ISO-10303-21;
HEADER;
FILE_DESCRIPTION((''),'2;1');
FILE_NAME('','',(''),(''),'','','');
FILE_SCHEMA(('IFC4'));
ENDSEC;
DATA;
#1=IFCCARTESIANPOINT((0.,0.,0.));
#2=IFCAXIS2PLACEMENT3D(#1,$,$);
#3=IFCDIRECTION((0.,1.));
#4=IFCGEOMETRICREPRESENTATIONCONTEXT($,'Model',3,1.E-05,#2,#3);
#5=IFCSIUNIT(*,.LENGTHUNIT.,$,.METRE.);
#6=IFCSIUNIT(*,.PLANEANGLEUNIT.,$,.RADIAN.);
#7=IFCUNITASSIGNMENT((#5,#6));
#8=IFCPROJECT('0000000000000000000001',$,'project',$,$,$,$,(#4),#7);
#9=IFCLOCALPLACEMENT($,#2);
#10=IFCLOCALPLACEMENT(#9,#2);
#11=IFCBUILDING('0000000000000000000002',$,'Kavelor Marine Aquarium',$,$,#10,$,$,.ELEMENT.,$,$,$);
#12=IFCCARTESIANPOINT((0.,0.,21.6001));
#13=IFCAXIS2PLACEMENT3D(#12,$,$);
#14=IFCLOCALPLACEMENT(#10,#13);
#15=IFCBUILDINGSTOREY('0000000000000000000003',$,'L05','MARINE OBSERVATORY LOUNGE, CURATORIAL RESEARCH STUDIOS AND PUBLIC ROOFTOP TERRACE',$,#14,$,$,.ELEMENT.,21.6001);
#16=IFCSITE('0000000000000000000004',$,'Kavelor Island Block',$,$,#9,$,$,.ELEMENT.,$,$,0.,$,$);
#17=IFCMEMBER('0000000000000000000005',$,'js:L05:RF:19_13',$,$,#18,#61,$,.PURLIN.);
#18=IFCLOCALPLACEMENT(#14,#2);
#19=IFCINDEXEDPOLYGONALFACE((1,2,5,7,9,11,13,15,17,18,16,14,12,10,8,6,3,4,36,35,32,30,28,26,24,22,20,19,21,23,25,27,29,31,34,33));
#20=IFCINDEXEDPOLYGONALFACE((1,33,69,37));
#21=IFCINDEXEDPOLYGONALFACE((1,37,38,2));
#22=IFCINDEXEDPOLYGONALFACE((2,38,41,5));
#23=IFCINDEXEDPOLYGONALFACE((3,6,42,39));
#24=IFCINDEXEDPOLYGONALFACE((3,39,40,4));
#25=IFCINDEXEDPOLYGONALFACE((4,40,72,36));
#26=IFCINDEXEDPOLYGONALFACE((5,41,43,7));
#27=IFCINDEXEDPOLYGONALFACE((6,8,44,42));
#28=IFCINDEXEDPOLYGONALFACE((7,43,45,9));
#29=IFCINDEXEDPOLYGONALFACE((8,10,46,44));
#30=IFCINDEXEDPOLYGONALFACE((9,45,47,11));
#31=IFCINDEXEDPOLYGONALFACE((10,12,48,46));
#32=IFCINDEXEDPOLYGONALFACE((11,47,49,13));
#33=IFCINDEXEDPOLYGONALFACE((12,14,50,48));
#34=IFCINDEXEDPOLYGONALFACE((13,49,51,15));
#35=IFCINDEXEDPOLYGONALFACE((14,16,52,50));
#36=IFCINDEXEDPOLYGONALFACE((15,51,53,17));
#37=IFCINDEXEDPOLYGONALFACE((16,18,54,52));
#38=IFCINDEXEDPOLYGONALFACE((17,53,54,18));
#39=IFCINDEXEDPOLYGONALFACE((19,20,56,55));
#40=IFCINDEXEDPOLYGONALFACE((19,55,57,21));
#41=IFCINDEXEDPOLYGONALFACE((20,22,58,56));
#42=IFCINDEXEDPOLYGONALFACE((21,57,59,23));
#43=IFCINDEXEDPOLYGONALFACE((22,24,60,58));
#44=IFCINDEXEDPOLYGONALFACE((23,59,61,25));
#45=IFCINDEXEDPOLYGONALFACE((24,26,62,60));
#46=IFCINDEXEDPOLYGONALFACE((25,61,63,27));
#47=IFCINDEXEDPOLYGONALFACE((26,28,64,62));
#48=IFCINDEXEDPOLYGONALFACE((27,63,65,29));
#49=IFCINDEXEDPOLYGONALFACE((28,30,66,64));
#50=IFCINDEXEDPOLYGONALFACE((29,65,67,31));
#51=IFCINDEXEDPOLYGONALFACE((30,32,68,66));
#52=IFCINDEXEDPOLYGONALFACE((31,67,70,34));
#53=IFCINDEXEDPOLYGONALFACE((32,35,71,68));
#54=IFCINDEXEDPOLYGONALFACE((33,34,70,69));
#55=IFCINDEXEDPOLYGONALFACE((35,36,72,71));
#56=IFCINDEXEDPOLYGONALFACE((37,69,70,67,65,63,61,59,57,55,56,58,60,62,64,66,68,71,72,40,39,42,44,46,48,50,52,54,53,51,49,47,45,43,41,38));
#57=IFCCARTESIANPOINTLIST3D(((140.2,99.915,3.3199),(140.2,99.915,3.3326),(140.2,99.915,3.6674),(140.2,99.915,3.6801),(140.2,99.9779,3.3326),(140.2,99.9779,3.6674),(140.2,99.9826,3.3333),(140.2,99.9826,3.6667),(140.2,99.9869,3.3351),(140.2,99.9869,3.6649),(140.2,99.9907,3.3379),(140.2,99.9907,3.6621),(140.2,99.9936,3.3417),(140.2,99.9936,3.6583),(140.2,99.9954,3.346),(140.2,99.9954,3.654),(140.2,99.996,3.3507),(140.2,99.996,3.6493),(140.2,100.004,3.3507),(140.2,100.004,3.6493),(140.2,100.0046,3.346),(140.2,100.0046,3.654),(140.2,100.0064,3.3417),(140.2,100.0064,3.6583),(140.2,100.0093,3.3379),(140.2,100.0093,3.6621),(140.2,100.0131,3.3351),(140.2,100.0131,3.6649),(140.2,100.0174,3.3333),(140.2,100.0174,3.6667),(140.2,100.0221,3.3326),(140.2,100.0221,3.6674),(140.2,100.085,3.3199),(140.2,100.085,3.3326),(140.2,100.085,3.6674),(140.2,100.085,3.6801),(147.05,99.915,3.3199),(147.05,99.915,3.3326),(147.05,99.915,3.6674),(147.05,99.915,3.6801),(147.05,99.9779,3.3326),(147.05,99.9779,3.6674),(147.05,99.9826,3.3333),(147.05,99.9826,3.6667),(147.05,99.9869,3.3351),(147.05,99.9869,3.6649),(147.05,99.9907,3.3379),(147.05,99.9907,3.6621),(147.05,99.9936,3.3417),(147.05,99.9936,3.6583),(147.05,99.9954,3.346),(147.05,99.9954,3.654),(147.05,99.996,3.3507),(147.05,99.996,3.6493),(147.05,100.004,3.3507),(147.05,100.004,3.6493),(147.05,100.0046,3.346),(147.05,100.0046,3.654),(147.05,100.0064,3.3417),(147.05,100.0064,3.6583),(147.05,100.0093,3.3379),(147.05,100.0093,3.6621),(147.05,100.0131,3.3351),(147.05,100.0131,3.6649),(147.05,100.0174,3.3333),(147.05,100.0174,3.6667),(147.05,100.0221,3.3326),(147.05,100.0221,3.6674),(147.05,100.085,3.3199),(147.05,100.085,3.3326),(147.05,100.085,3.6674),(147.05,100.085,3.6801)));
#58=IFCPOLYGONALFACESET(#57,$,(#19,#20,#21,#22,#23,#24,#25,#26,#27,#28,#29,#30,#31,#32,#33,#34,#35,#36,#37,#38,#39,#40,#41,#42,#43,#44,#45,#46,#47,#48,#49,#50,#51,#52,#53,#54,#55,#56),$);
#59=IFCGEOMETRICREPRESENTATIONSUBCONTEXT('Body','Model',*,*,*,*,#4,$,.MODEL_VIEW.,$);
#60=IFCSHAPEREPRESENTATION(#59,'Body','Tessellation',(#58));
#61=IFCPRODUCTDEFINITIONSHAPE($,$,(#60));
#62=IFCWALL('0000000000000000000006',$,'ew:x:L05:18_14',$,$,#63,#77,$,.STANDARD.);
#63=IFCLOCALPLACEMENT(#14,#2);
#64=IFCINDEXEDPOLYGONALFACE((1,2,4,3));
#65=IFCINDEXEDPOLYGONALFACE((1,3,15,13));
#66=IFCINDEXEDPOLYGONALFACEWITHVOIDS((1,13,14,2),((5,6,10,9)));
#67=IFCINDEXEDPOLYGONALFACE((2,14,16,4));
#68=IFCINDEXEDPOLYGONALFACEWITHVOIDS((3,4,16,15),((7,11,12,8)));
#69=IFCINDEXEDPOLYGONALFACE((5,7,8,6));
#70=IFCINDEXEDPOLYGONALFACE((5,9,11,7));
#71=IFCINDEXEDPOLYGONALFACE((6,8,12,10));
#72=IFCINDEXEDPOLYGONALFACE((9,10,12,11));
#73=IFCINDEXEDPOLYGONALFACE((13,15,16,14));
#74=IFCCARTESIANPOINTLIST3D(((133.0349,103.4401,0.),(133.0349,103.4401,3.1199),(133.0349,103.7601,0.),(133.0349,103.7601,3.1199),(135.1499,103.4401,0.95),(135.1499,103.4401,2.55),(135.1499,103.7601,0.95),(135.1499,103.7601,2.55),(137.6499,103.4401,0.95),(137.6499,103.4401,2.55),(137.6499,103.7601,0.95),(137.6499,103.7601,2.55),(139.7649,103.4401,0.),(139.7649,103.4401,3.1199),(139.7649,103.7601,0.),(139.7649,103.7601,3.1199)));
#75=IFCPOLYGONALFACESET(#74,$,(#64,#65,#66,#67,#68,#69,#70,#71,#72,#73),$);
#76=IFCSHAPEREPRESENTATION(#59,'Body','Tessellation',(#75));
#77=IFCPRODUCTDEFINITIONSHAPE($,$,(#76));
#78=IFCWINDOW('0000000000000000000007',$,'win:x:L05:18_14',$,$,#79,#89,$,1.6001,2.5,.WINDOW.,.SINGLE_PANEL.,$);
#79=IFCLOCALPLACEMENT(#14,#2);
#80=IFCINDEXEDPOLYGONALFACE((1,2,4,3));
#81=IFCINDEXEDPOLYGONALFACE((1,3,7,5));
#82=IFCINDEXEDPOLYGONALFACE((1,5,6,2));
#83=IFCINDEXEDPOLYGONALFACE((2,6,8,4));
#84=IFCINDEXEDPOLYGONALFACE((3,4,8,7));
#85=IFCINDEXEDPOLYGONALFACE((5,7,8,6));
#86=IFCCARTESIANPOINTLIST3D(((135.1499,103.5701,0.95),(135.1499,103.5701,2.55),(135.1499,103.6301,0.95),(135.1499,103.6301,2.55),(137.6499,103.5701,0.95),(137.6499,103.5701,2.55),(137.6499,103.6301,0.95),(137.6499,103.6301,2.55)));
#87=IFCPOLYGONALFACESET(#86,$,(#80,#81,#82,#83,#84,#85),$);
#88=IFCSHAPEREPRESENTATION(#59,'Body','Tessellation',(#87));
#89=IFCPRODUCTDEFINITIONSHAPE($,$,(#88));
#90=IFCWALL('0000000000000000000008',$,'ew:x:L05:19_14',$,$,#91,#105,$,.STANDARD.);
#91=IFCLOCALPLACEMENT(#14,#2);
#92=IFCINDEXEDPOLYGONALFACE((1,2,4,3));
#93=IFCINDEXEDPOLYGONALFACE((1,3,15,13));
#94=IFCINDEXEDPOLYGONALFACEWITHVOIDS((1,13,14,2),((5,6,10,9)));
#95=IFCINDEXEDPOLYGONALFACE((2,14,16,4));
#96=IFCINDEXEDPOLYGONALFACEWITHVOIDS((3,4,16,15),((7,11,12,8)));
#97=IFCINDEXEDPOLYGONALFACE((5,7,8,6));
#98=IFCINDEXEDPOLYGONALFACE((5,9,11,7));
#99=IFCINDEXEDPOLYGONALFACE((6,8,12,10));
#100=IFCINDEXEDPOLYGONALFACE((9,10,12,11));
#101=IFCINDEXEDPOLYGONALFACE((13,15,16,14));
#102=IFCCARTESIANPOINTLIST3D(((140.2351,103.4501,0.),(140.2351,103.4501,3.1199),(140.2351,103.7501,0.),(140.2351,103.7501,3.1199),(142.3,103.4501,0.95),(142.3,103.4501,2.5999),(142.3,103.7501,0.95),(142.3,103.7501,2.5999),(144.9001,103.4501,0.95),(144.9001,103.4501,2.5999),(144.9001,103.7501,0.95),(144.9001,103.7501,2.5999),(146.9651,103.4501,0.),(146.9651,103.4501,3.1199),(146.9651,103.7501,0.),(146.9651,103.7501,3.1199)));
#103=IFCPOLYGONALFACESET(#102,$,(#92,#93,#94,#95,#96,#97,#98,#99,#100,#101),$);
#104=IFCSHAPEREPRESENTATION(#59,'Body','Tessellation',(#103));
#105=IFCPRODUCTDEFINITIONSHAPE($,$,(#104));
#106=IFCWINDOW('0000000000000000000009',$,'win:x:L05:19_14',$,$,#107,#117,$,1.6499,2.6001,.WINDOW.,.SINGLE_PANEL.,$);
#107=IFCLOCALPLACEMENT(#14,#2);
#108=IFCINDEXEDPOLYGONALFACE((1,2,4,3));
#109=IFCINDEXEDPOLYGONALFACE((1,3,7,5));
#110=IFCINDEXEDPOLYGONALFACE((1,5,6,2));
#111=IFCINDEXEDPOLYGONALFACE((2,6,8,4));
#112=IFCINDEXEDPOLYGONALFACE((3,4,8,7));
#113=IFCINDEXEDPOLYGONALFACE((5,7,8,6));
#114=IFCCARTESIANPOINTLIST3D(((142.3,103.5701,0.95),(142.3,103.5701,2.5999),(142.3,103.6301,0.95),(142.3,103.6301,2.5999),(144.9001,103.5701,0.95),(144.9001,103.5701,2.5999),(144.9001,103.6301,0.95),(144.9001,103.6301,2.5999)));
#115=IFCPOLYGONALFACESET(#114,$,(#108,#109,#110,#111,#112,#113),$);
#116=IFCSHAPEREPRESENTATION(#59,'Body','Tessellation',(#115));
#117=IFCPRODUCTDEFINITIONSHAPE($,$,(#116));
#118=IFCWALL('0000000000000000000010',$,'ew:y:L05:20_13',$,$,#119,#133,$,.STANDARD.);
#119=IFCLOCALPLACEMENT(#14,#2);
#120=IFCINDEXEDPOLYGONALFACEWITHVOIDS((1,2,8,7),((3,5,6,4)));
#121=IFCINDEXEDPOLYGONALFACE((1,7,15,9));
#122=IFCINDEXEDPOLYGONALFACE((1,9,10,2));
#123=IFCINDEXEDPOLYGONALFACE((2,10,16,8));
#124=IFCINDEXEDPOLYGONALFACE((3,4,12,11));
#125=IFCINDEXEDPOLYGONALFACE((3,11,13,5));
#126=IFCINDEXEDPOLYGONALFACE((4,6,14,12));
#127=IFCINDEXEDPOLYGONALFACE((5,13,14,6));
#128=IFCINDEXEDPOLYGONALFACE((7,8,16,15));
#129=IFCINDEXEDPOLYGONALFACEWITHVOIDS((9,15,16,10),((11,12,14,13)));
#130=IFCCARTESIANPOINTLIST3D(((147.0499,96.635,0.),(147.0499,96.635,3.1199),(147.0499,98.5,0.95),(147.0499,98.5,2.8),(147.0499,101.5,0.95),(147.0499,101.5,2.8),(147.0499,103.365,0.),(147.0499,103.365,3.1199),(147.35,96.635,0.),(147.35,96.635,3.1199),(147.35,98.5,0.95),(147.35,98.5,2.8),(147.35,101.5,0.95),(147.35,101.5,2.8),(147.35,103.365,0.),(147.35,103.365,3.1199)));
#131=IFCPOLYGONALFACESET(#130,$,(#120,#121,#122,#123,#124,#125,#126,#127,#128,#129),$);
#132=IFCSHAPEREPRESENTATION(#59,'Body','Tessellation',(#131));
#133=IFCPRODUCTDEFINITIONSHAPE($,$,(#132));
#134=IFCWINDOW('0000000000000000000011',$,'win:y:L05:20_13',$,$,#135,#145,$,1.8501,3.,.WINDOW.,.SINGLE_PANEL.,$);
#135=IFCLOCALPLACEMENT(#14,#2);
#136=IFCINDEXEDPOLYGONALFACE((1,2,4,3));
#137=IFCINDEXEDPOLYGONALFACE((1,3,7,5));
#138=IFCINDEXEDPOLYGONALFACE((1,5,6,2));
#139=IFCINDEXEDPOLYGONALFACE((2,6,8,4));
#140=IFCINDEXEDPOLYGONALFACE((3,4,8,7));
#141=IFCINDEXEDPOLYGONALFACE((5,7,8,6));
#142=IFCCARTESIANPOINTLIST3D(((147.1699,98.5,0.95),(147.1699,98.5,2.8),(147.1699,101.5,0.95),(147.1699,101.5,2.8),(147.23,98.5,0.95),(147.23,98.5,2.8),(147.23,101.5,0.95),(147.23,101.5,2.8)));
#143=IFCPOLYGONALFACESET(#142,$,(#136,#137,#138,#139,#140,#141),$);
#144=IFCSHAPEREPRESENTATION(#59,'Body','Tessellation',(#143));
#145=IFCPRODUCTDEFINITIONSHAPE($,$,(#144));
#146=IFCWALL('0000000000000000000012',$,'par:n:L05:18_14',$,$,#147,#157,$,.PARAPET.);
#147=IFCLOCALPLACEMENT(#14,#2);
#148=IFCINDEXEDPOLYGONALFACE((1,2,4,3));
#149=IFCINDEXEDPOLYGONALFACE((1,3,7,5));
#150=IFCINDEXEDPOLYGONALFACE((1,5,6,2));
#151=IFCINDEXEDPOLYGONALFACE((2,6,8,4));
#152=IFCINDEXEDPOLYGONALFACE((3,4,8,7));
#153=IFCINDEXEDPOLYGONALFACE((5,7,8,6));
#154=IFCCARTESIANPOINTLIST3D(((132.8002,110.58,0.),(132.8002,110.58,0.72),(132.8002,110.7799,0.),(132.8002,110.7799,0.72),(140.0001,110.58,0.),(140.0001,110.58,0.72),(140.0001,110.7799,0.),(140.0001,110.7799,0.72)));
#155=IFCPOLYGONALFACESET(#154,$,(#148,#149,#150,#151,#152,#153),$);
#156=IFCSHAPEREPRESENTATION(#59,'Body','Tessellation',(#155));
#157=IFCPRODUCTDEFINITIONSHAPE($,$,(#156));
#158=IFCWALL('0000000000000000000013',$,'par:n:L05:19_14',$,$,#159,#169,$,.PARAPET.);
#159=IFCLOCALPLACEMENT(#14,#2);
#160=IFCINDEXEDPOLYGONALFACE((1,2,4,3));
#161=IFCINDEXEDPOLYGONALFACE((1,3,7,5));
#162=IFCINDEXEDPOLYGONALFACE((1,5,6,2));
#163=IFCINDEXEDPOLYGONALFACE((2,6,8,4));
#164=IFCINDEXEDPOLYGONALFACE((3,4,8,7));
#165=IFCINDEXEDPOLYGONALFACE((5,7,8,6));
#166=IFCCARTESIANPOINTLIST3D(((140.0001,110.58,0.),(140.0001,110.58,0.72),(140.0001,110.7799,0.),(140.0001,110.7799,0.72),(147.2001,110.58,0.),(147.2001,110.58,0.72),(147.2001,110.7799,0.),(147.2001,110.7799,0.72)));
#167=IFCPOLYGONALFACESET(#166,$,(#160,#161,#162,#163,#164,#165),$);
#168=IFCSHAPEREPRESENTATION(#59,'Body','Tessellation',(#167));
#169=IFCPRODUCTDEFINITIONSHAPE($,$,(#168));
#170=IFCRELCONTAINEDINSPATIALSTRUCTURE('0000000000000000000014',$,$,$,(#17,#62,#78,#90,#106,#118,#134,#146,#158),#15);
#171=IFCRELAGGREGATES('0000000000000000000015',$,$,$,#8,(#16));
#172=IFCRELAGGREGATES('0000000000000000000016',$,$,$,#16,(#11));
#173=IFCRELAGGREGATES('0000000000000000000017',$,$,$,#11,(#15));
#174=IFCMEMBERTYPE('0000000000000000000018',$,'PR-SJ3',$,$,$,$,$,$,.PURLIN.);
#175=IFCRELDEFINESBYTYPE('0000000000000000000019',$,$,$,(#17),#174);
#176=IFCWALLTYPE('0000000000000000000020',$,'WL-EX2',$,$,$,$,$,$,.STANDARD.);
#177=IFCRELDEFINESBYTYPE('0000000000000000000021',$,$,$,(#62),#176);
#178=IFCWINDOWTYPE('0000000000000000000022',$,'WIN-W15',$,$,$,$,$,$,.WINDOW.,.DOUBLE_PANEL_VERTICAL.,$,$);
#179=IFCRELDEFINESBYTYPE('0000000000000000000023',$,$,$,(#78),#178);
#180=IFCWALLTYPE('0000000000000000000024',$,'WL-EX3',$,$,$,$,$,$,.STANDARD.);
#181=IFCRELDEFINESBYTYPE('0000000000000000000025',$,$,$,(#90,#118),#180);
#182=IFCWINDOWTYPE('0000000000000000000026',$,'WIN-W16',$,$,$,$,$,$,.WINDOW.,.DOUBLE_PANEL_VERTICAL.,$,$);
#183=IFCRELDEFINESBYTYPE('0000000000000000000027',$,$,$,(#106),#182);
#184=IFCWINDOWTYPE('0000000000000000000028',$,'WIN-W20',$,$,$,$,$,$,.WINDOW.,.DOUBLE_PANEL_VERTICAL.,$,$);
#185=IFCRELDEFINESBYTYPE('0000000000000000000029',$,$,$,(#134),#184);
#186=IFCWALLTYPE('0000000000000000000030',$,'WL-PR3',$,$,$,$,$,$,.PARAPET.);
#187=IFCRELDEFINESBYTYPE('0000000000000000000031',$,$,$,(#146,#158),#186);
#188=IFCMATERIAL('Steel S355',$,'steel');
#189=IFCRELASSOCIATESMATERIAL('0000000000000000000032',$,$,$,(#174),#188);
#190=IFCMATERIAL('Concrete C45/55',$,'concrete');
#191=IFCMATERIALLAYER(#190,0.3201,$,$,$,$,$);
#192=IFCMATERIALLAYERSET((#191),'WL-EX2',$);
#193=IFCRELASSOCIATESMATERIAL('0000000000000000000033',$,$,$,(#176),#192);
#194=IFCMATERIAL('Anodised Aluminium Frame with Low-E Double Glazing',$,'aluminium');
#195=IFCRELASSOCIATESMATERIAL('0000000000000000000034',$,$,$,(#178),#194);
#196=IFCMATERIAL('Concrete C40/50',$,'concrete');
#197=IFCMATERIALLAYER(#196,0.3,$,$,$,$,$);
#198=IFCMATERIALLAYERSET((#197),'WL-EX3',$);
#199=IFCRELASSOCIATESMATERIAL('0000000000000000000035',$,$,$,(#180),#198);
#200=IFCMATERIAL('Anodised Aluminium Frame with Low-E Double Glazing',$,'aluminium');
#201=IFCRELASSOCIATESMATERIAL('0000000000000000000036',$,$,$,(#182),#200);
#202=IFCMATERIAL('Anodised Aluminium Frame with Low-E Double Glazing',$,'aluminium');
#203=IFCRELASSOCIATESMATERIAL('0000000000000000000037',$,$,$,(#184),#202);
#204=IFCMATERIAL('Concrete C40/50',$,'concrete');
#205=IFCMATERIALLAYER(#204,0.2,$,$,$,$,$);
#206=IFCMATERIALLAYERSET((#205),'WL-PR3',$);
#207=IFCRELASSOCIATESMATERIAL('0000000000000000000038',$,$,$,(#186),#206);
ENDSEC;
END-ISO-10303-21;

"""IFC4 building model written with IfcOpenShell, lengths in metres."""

from ifc_helpers import new_model, si_unit, direction, frame, frame_2d, origin, origin_2d, place, context, subcontext, project, spatial, rectangle, i_section, extrude, material, layer, layer_set, material_profile, profile_set, type_object, element, fill, save


model = new_model("IFC4")

# Units and contexts
model_context = context("Model", 3, precision=1e-05, world=origin(), true_north=direction((0.0, 1.0)))
body_context = subcontext(model_context, "Body", "Model", "MODEL_VIEW")
ifc_project = project(units=[si_unit("LENGTHUNIT", "METRE"), si_unit("PLANEANGLEUNIT", "RADIAN")], contexts=[model_context])

# Site, building, storey
site_placement = place(None, origin())
site = spatial("IfcSite", under=ifc_project, at=site_placement, Name="Kavelor Island Block", CompositionType="ELEMENT", RefElevation=0.0)
building_placement = place(site_placement, origin())
building = spatial("IfcBuilding", under=site, at=building_placement, Name="Kavelor Marine Aquarium", CompositionType="ELEMENT")
storey_placement = place(building_placement, frame((0.0, 0.0, 21.6001)))
storey = spatial("IfcBuildingStorey", under=building, at=storey_placement, Name="L05", Description="MARINE OBSERVATORY LOUNGE, CURATORIAL RESEARCH STUDIOS AND PUBLIC ROOFTOP TERRACE", CompositionType="ELEMENT", Elevation=21.6001)

# Member
ifc_material_1 = material(Name="Steel S355", Category="steel")
ifc_material_profile_1 = material_profile(ifc_material_1, i_section(OverallWidth=0.1699, OverallDepth=0.3601, WebThickness=0.0081, FlangeThickness=0.0127, FilletRadius=0.0181, at=origin_2d()), Name="IPE 360")
ifc_profile_set_1 = profile_set([ifc_material_profile_1], Name="Steel S355")
member_type = type_object("IfcMemberType", Name="PR-SJ3", PredefinedType="PURLIN", material=ifc_profile_set_1)
member_placement = place(storey_placement, frame((140.2, 100.0, 3.5), z_axis=(1.0, 0.0, 0.0), x_axis=(0.0, 1.0, 0.0)))
element("IfcMember", 1, at=member_placement, inside=storey, type_object=member_type, Name="js:L05:RF:19_13", PredefinedType="PURLIN", context=body_context, shape_type="SweptSolid", body=[
    extrude(i_section(OverallWidth=0.1699, OverallDepth=0.3601, WebThickness=0.0081, FlangeThickness=0.0127, FilletRadius=0.0181, at=origin_2d()), origin(), (0.0, 0.0, 1.0), 6.8501),
])

# Walls, openings, windows
ifc_material_2 = material(Name="Concrete C45/55", Category="concrete")
ifc_layer_1 = layer(ifc_material_2, 0.3201)
ifc_layer_set_1 = layer_set([ifc_layer_1], Name="WL-EX2")
wall_type_1 = type_object("IfcWallType", Name="WL-EX2", PredefinedType="STANDARD", material=ifc_layer_set_1)
wall_1_placement = place(storey_placement, frame((133.0349, 103.6001, 0.0), z_axis=(0.0, 0.0, 1.0), x_axis=(1.0, 0.0, 0.0)))
wall_1 = element("IfcWall", 2, at=wall_1_placement, inside=storey, type_object=wall_type_1, Name="ew:x:L05:18_14", PredefinedType="STANDARD", context=body_context, shape_type="SweptSolid", body=[
    extrude(rectangle(XDim=6.73, YDim=0.3201, at=frame_2d((3.365, 0.0))), origin(), (0.0, 0.0, 1.0), 3.1199),
])
opening_1_placement = place(wall_1_placement, frame((2.115, 0.0, 0.95)))
opening_1 = element("IfcOpeningElement", 3, at=opening_1_placement, cuts=wall_1, PredefinedType="OPENING", context=body_context, shape_type="SweptSolid", body=[
    extrude(rectangle(XDim=2.5, YDim=1.6001, at=frame_2d((1.25, 0.8))), frame((0.0, 0.1699, 0.0), z_axis=(0.0, -1.0, 0.0), x_axis=(1.0, 0.0, 0.0)), (0.0, 0.0, 1.0), 0.3401),
])
ifc_material_3 = material(Name="Anodised Aluminium Frame with Low-E Double Glazing", Category="aluminium")
window_type_1 = type_object("IfcWindowType", Name="WIN-W15", PartitioningType="DOUBLE_PANEL_VERTICAL", PredefinedType="WINDOW", material=ifc_material_3)
window_1_placement = place(opening_1_placement, origin())
window_1 = element("IfcWindow", 4, at=window_1_placement, inside=storey, type_object=window_type_1, Name="win:x:L05:18_14", OverallHeight=1.6001, OverallWidth=2.5, PartitioningType="SINGLE_PANEL", PredefinedType="WINDOW", context=body_context, shape_type="SweptSolid", body=[
    extrude(rectangle(XDim=2.5, YDim=1.6001, at=frame_2d((1.25, 0.8))), frame((0.0, 0.03, 0.0), z_axis=(0.0, -1.0, 0.0), x_axis=(1.0, 0.0, 0.0)), (0.0, 0.0, 1.0), 0.0601),
])
fill(opening_1, window_1)
ifc_material_4 = material(Name="Concrete C40/50", Category="concrete")
ifc_layer_2 = layer(ifc_material_4, 0.3)
ifc_layer_set_2 = layer_set([ifc_layer_2], Name="WL-EX3")
wall_type_2 = type_object("IfcWallType", Name="WL-EX3", PredefinedType="STANDARD", material=ifc_layer_set_2)
wall_2_placement = place(storey_placement, frame((140.2351, 103.6001, 0.0), z_axis=(0.0, 0.0, 1.0), x_axis=(1.0, 0.0, 0.0)))
wall_2 = element("IfcWall", 5, at=wall_2_placement, inside=storey, type_object=wall_type_2, Name="ew:x:L05:19_14", PredefinedType="STANDARD", context=body_context, shape_type="SweptSolid", body=[
    extrude(rectangle(XDim=6.73, YDim=0.3, at=frame_2d((3.365, 0.0))), origin(), (0.0, 0.0, 1.0), 3.1199),
])
opening_2_placement = place(wall_2_placement, frame((2.0649, 0.0, 0.95)))
opening_2 = element("IfcOpeningElement", 6, at=opening_2_placement, cuts=wall_2, PredefinedType="OPENING", context=body_context, shape_type="SweptSolid", body=[
    extrude(rectangle(XDim=2.6001, YDim=1.6499, at=frame_2d((1.3, 0.825))), frame((0.0, 0.1599, 0.0), z_axis=(0.0, -1.0, 0.0), x_axis=(1.0, 0.0, 0.0)), (0.0, 0.0, 1.0), 0.32),
])
ifc_material_5 = material(Name="Anodised Aluminium Frame with Low-E Double Glazing", Category="aluminium")
window_type_2 = type_object("IfcWindowType", Name="WIN-W16", PartitioningType="DOUBLE_PANEL_VERTICAL", PredefinedType="WINDOW", material=ifc_material_5)
window_2_placement = place(opening_2_placement, origin())
window_2 = element("IfcWindow", 7, at=window_2_placement, inside=storey, type_object=window_type_2, Name="win:x:L05:19_14", OverallHeight=1.6499, OverallWidth=2.6001, PartitioningType="SINGLE_PANEL", PredefinedType="WINDOW", context=body_context, shape_type="SweptSolid", body=[
    extrude(rectangle(XDim=2.6001, YDim=1.6499, at=frame_2d((1.3, 0.825))), frame((0.0, 0.03, 0.0), z_axis=(0.0, -1.0, 0.0), x_axis=(1.0, 0.0, 0.0)), (0.0, 0.0, 1.0), 0.0601),
])
fill(opening_2, window_2)
wall_3_placement = place(storey_placement, frame((147.2, 103.365, 0.0), z_axis=(0.0, 0.0, 1.0), x_axis=(0.0, -1.0, 0.0)))
wall_3 = element("IfcWall", 8, at=wall_3_placement, inside=storey, type_object=wall_type_2, Name="ew:y:L05:20_13", PredefinedType="STANDARD", context=body_context, shape_type="SweptSolid", body=[
    extrude(rectangle(XDim=6.73, YDim=0.3, at=frame_2d((3.365, 0.0))), origin(), (0.0, 0.0, 1.0), 3.1199),
])
opening_3_placement = place(wall_3_placement, frame((1.865, 0.0, 0.95)))
opening_3 = element("IfcOpeningElement", 9, at=opening_3_placement, cuts=wall_3, PredefinedType="OPENING", context=body_context, shape_type="SweptSolid", body=[
    extrude(rectangle(XDim=3.0, YDim=1.8501, at=frame_2d((1.5, 0.925))), frame((0.0, 0.1599, 0.0), z_axis=(0.0, -1.0, 0.0), x_axis=(1.0, 0.0, 0.0)), (0.0, 0.0, 1.0), 0.32),
])
ifc_material_6 = material(Name="Anodised Aluminium Frame with Low-E Double Glazing", Category="aluminium")
window_type_3 = type_object("IfcWindowType", Name="WIN-W20", PartitioningType="DOUBLE_PANEL_VERTICAL", PredefinedType="WINDOW", material=ifc_material_6)
window_3_placement = place(opening_3_placement, origin())
window_3 = element("IfcWindow", 10, at=window_3_placement, inside=storey, type_object=window_type_3, Name="win:y:L05:20_13", OverallHeight=1.8501, OverallWidth=3.0, PartitioningType="SINGLE_PANEL", PredefinedType="WINDOW", context=body_context, shape_type="SweptSolid", body=[
    extrude(rectangle(XDim=3.0, YDim=1.8501, at=frame_2d((1.5, 0.925))), frame((0.0, 0.03, 0.0), z_axis=(0.0, -1.0, 0.0), x_axis=(1.0, 0.0, 0.0)), (0.0, 0.0, 1.0), 0.0601),
])
fill(opening_3, window_3)

# Walls
ifc_material_7 = material(Name="Concrete C40/50", Category="concrete")
ifc_layer_3 = layer(ifc_material_7, 0.2)
ifc_layer_set_3 = layer_set([ifc_layer_3], Name="WL-PR3")
wall_type_3 = type_object("IfcWallType", Name="WL-PR3", PredefinedType="PARAPET", material=ifc_layer_set_3)
for number, where, z_axis, x_axis, name in (
    (11, (132.8, 110.6799, 0.0), (0.0, 0.0, 1.0), (1.0, 0.0, 0.0), "par:n:L05:18_14"),
    (12, (140.0, 110.6799, 0.0), (0.0, 0.0, 1.0), (1.0, 0.0, 0.0), "par:n:L05:19_14"),
):
    element("IfcWall", number, at=place(storey_placement, frame(where, z_axis=z_axis, x_axis=x_axis)), inside=storey, type_object=wall_type_3, Name=name, PredefinedType="PARAPET", context=body_context, shape_type="SweptSolid", body=[
        extrude(rectangle(XDim=7.2, YDim=0.2, at=frame_2d((3.6001, 0.0))), origin(), (0.0, 0.0, 1.0), 0.72),
    ])

save(model, "model.ifc")
